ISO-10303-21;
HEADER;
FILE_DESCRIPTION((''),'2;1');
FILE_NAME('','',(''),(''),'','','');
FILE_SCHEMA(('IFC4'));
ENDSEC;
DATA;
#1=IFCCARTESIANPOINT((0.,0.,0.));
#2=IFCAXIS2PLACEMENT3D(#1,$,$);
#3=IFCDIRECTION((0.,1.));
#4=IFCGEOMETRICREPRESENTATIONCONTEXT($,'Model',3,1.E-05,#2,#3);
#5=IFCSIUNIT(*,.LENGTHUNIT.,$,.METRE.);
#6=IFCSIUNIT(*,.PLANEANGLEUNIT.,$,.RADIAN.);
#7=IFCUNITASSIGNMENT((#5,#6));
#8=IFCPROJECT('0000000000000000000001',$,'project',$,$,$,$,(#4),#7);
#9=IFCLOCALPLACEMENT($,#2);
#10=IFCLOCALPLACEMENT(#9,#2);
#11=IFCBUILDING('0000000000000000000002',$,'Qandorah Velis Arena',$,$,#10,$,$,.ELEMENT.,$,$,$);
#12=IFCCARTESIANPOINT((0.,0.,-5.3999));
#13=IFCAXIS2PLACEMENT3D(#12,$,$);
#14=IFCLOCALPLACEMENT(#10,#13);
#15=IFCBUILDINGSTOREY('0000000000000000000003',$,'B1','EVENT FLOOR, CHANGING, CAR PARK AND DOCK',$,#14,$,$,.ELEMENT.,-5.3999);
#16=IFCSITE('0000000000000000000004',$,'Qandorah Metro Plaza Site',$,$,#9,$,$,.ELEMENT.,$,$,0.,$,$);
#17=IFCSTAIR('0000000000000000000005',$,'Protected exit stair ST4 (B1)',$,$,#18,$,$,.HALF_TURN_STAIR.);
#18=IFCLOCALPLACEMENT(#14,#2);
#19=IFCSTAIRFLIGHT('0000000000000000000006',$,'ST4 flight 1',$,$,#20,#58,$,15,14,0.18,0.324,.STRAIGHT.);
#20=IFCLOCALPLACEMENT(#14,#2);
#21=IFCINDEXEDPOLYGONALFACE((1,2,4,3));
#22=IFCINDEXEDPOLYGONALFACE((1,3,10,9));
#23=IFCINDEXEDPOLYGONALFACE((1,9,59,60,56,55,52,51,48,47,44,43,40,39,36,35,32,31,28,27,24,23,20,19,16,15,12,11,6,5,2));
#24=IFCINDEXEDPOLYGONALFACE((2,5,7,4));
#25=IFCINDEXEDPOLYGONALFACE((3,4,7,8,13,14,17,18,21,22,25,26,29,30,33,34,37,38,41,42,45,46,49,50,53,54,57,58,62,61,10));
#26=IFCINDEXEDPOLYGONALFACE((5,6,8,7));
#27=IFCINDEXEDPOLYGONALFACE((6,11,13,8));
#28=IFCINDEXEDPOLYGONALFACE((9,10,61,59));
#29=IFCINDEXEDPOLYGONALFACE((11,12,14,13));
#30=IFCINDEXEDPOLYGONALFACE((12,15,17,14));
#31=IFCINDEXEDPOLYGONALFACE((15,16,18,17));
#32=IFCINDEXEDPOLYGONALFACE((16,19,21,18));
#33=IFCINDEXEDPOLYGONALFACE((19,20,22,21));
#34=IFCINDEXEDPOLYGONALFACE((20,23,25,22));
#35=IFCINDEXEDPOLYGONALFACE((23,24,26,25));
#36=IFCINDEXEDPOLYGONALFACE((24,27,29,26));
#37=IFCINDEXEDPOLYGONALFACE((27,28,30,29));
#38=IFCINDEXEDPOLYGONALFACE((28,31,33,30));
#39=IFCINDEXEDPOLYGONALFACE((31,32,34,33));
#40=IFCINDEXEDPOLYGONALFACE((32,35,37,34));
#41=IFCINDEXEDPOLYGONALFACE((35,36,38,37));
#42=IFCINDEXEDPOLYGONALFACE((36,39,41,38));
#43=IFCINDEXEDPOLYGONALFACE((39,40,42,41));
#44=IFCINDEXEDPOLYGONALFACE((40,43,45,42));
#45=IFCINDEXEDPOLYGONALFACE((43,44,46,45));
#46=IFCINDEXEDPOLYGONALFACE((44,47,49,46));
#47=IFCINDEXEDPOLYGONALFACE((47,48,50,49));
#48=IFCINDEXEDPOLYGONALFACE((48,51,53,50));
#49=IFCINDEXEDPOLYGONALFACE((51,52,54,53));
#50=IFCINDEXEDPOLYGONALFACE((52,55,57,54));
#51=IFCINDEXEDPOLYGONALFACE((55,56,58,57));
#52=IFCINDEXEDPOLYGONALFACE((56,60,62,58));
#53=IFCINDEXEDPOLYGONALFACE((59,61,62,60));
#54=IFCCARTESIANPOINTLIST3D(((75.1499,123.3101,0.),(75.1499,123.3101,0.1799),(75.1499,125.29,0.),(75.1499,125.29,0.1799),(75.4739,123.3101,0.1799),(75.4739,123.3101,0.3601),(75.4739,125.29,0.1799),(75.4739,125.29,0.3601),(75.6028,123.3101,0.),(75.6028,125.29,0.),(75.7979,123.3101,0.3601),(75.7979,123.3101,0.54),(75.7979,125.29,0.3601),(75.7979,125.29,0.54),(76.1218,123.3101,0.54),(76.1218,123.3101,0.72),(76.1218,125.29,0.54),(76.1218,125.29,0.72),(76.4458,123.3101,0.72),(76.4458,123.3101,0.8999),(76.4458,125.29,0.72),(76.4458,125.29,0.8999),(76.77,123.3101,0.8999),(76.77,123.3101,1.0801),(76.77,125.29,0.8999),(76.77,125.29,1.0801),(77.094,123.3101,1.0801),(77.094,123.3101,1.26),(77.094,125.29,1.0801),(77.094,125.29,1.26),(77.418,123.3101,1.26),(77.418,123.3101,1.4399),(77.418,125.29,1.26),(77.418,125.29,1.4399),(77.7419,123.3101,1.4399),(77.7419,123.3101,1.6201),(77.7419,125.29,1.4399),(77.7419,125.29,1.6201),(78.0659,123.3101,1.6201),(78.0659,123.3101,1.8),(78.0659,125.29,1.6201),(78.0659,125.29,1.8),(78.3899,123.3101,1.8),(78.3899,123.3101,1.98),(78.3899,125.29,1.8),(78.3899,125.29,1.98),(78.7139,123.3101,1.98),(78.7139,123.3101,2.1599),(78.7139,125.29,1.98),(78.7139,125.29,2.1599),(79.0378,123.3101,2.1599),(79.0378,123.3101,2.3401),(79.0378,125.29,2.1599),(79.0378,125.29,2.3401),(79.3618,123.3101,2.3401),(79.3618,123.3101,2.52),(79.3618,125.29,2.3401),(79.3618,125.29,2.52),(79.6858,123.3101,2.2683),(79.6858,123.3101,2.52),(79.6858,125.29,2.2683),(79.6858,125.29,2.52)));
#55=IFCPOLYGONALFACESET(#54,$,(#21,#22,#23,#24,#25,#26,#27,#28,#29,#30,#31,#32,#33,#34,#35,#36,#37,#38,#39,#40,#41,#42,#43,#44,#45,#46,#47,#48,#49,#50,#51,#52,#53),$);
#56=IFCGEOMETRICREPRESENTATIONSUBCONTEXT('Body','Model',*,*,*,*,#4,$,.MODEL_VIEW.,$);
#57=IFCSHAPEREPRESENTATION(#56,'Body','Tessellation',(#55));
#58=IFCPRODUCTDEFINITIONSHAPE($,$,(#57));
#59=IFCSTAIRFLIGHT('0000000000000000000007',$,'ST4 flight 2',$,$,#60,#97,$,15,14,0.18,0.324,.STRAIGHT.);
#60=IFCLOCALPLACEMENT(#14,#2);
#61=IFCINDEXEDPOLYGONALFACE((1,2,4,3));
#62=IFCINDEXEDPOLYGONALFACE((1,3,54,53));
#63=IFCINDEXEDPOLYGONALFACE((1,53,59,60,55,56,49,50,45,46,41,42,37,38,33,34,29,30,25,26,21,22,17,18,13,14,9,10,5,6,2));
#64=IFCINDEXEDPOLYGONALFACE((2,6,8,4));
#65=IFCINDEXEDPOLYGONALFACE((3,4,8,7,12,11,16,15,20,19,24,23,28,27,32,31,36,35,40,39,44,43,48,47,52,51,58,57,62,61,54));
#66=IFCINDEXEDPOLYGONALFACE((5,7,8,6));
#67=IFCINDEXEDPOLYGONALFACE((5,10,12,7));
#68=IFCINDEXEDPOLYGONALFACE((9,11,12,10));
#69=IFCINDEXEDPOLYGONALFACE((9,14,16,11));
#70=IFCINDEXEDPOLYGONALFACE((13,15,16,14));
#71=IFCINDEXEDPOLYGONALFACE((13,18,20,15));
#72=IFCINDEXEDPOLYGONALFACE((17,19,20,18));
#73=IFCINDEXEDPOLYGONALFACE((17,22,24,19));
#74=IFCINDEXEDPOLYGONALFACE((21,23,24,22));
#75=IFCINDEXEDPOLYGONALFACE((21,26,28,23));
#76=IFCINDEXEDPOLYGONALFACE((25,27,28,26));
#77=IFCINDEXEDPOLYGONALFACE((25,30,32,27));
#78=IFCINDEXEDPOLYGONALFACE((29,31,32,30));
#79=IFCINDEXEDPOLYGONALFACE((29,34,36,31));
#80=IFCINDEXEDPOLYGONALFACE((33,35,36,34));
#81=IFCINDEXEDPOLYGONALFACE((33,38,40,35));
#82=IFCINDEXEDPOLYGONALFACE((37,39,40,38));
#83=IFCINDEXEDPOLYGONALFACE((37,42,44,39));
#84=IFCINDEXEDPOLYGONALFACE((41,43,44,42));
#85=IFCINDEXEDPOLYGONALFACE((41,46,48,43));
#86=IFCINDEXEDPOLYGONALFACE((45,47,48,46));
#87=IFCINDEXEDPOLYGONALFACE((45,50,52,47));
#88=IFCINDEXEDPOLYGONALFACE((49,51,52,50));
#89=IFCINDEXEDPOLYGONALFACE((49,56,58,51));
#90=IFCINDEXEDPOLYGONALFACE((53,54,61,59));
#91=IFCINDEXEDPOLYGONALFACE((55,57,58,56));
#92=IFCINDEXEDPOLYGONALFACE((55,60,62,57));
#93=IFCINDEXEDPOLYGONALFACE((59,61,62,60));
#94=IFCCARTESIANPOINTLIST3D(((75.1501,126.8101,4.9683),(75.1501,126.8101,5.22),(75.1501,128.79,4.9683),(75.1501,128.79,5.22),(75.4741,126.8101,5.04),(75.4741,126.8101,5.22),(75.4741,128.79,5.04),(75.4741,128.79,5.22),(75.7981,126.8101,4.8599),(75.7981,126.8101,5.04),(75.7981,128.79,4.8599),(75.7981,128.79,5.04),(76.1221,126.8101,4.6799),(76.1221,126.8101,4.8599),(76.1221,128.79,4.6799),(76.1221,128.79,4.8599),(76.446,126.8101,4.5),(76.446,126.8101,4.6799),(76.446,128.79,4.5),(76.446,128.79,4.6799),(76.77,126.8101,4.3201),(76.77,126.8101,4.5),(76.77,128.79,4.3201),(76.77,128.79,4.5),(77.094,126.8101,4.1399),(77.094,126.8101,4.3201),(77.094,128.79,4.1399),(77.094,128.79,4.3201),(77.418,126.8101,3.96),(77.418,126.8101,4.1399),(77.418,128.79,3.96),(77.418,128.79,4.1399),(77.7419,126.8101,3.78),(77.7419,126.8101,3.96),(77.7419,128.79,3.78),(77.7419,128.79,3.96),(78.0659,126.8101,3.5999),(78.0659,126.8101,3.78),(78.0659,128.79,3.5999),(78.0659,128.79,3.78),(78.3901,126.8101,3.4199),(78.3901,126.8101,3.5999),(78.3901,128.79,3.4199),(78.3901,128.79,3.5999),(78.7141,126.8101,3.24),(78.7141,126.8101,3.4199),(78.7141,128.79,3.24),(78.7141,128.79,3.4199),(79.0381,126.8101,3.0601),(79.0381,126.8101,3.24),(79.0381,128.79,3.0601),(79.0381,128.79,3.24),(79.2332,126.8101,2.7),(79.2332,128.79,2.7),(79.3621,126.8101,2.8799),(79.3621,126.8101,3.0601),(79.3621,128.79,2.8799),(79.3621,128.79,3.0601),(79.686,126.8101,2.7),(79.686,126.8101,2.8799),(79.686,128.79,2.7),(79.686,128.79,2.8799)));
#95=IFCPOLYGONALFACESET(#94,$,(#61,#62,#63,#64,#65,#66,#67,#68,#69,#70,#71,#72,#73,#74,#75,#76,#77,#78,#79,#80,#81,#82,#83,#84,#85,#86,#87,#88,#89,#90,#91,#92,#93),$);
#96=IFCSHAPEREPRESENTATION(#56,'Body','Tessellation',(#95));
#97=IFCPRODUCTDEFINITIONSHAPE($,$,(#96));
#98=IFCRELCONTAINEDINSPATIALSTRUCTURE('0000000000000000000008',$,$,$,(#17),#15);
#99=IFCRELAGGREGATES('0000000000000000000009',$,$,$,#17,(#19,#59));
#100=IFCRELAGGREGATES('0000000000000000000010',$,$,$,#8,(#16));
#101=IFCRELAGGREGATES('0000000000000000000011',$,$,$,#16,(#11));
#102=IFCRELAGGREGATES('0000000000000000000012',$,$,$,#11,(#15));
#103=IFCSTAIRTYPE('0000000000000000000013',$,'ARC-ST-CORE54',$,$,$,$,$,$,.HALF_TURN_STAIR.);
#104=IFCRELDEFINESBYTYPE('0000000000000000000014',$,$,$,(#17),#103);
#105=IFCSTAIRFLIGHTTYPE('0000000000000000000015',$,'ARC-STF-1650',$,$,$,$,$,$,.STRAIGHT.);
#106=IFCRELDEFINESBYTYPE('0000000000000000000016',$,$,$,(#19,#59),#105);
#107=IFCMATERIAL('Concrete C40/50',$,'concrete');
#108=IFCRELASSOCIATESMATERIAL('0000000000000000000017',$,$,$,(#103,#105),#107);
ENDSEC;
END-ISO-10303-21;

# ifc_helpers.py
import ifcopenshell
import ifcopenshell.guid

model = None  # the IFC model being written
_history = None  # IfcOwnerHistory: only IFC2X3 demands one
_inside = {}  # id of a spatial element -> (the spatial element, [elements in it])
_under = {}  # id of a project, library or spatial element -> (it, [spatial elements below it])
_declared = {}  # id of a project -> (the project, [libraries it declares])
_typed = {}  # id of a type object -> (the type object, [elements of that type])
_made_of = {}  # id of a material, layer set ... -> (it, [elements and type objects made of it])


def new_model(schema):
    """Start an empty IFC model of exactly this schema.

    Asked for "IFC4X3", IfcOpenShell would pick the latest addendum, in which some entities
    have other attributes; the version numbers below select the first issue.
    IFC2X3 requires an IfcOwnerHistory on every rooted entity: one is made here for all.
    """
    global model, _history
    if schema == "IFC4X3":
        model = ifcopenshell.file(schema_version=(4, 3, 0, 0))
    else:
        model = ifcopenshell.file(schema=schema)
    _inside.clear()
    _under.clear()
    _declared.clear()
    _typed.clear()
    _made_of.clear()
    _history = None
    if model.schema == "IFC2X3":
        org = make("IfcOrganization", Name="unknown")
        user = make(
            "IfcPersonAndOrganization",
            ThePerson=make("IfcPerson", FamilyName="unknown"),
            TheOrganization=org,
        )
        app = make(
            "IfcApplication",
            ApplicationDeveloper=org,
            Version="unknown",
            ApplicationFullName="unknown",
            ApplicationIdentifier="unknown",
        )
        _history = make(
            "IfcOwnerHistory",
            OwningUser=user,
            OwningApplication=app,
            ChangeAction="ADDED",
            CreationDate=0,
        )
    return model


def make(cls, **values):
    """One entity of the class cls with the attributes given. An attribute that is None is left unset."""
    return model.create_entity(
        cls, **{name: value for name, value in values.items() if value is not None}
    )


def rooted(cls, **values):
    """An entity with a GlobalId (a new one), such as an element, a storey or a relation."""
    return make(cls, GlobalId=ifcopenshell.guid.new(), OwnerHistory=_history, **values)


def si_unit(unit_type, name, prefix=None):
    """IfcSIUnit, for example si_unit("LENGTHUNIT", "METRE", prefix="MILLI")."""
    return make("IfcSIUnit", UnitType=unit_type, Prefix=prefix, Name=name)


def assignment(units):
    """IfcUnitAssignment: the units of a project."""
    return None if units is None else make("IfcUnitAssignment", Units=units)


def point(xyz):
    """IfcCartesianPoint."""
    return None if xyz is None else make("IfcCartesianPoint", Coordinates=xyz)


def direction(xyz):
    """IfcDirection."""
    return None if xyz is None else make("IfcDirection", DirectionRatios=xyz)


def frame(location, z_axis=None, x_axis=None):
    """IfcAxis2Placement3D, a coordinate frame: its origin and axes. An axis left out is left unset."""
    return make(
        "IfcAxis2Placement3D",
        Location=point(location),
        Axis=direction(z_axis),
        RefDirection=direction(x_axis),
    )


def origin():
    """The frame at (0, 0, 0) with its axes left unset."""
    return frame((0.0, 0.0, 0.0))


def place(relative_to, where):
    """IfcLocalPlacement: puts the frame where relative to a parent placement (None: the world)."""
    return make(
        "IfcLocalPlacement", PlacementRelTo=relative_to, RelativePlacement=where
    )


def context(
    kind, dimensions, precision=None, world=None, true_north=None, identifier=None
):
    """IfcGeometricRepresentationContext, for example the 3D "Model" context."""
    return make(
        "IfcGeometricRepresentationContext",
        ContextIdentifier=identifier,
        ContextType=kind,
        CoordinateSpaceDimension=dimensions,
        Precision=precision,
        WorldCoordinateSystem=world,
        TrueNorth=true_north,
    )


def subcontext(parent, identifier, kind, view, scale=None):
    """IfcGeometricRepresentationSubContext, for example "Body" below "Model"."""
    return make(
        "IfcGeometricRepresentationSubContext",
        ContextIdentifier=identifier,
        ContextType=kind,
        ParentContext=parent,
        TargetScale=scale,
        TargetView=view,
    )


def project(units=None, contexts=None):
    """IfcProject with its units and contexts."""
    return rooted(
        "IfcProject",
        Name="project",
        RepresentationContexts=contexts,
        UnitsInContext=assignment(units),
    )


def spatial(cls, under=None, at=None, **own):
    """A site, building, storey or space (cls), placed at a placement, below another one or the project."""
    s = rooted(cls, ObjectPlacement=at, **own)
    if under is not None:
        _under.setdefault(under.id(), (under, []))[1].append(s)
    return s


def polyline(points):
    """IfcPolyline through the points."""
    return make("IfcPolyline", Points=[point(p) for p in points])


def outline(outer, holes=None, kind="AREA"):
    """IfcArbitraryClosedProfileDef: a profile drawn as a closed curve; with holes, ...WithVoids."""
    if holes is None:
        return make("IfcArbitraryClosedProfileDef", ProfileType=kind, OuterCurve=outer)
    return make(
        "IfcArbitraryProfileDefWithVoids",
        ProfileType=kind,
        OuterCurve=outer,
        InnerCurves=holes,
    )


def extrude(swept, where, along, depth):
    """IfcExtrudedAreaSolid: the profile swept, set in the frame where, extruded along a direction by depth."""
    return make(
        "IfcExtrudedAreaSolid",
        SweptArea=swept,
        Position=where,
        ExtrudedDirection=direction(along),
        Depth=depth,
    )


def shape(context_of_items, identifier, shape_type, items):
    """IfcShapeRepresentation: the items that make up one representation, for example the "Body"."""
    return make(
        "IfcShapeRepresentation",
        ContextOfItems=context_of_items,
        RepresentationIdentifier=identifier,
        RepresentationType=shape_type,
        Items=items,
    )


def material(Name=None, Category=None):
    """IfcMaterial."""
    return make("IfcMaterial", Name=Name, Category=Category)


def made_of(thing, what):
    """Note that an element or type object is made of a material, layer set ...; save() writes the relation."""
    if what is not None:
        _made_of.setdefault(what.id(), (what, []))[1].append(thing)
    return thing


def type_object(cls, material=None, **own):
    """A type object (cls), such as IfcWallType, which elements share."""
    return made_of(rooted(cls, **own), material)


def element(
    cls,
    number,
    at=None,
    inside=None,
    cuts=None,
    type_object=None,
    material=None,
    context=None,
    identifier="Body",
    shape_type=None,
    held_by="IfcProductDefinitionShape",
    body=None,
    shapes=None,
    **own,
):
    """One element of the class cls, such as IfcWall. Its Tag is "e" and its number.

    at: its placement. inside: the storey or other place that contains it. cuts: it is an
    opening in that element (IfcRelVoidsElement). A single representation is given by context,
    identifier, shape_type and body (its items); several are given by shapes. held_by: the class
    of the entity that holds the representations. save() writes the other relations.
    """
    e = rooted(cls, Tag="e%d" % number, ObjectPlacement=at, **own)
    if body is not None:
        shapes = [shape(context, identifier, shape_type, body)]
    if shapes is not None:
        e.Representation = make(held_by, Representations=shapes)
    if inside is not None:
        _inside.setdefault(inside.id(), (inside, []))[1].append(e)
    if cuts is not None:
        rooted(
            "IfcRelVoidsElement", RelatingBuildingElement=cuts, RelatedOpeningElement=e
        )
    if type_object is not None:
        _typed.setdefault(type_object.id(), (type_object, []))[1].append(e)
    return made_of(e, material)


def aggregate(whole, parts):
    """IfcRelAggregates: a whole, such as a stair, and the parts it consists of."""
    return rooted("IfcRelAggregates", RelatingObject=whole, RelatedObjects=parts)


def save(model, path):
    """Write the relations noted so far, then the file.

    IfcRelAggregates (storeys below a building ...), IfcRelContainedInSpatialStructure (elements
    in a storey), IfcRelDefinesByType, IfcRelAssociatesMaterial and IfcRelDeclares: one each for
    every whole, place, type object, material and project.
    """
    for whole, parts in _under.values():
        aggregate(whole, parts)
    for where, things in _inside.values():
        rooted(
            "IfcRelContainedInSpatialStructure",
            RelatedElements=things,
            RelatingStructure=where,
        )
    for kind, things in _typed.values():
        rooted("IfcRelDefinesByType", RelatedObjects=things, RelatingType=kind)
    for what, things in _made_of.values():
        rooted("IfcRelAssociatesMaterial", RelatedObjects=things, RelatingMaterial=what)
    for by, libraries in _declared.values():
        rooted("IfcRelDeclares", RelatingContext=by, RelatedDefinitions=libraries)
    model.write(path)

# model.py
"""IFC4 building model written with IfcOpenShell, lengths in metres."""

from ifc_helpers import new_model, si_unit, direction, frame, origin, place, context, subcontext, project, spatial, polyline, outline, extrude, material, type_object, element, aggregate, save


model = new_model("IFC4")

# Units and contexts
model_context = context("Model", 3, precision=1e-05, world=origin(), true_north=direction((0.0, 1.0)))
body_context = subcontext(model_context, "Body", "Model", "MODEL_VIEW")
ifc_project = project(units=[si_unit("LENGTHUNIT", "METRE"), si_unit("PLANEANGLEUNIT", "RADIAN")], contexts=[model_context])

# Site, building, storey
site_placement = place(None, origin())
site = spatial("IfcSite", under=ifc_project, at=site_placement, Name="Qandorah Metro Plaza Site", CompositionType="ELEMENT", RefElevation=0.0)
building_placement = place(site_placement, origin())
building = spatial("IfcBuilding", under=site, at=building_placement, Name="Qandorah Velis Arena", CompositionType="ELEMENT")
storey_placement = place(building_placement, frame((0.0, 0.0, -5.3999)))
storey = spatial("IfcBuildingStorey", under=building, at=storey_placement, Name="B1", Description="EVENT FLOOR, CHANGING, CAR PARK AND DOCK", CompositionType="ELEMENT", Elevation=-5.3999)

# Shared definitions
ifc_material_1 = material(Name="Concrete C40/50", Category="concrete")

# Stair, stair flights
stair_type = type_object("IfcStairType", Name="ARC-ST-CORE54", PredefinedType="HALF_TURN_STAIR", material=ifc_material_1)
stair_placement = place(storey_placement, origin())
stair = element("IfcStair", 1, at=stair_placement, inside=storey, type_object=stair_type, Name="Protected exit stair ST4 (B1)", PredefinedType="HALF_TURN_STAIR")
stair_flight_type = type_object("IfcStairFlightType", Name="ARC-STF-1650", PredefinedType="STRAIGHT", material=ifc_material_1)
stair_flight_1_placement = place(storey_placement, frame((75.1499, 124.3, 0.0), z_axis=(0.0, 0.0, 1.0), x_axis=(1.0, 0.0, 0.0)))
stair_flight_1 = element("IfcStairFlight", 2, at=stair_flight_1_placement, type_object=stair_flight_type, Name="ST4 flight 1", NumberOfRisers=15, NumberOfTreads=14, PredefinedType="STRAIGHT", RiserHeight=0.18, TreadLength=0.324, context=body_context, shape_type="SweptSolid", body=[
    extrude(outline(polyline([(0.0, 0.0), (0.0, 0.1799), (0.324, 0.1799), (0.324, 0.3601), (0.6479, 0.3601), (0.6479, 0.54), (0.9719, 0.54), (0.9719, 0.72), (1.2959, 0.72), (1.2959, 0.8999), (1.6201, 0.8999), (1.6201, 1.0801), (1.9441, 1.0801), (1.9441, 1.26), (2.2681, 1.26), (2.2681, 1.4399), (2.592, 1.4399), (2.592, 1.6201), (2.916, 1.6201), (2.916, 1.8), (3.24, 1.8), (3.24, 1.98), (3.564, 1.98), (3.564, 2.1599), (3.8879, 2.1599), (3.8879, 2.3401), (4.2119, 2.3401), (4.2119, 2.52), (4.5359, 2.52), (4.5359, 2.7), (4.5359, 2.2683), (0.4529, 0.0), (0.0, 0.0)])), frame((0.0, 0.99, 0.0), z_axis=(0.0, -1.0, 0.0), x_axis=(1.0, 0.0, 0.0)), (0.0, 0.0, 1.0), 1.98),
])
stair_flight_2_placement = place(storey_placement, frame((79.686, 127.8, 2.7), z_axis=(0.0, 0.0, 1.0), x_axis=(-1.0, 0.0, 0.0)))
stair_flight_2 = element("IfcStairFlight", 3, at=stair_flight_2_placement, type_object=stair_flight_type, Name="ST4 flight 2", NumberOfRisers=15, NumberOfTreads=14, PredefinedType="STRAIGHT", RiserHeight=0.18, TreadLength=0.324, context=body_context, shape_type="SweptSolid", body=[
    extrude(outline(polyline([(0.0, 0.0), (0.0, 0.1799), (0.324, 0.1799), (0.324, 0.3601), (0.6479, 0.3601), (0.6479, 0.54), (0.9719, 0.54), (0.9719, 0.72), (1.2959, 0.72), (1.2959, 0.8999), (1.6201, 0.8999), (1.6201, 1.0801), (1.9441, 1.0801), (1.9441, 1.26), (2.2681, 1.26), (2.2681, 1.4399), (2.592, 1.4399), (2.592, 1.6201), (2.916, 1.6201), (2.916, 1.8), (3.24, 1.8), (3.24, 1.98), (3.564, 1.98), (3.564, 2.1599), (3.8879, 2.1599), (3.8879, 2.3401), (4.2119, 2.3401), (4.2119, 2.52), (4.5359, 2.52), (4.5359, 2.7), (4.5359, 2.2683), (0.4529, 0.0), (0.0, 0.0)])), frame((0.0, 0.99, 0.0), z_axis=(0.0, -1.0, 0.0), x_axis=(1.0, 0.0, 0.0)), (0.0, 0.0, 1.0), 1.98),
])
aggregate(stair, [stair_flight_1, stair_flight_2])

save(model, "model.ifc")
